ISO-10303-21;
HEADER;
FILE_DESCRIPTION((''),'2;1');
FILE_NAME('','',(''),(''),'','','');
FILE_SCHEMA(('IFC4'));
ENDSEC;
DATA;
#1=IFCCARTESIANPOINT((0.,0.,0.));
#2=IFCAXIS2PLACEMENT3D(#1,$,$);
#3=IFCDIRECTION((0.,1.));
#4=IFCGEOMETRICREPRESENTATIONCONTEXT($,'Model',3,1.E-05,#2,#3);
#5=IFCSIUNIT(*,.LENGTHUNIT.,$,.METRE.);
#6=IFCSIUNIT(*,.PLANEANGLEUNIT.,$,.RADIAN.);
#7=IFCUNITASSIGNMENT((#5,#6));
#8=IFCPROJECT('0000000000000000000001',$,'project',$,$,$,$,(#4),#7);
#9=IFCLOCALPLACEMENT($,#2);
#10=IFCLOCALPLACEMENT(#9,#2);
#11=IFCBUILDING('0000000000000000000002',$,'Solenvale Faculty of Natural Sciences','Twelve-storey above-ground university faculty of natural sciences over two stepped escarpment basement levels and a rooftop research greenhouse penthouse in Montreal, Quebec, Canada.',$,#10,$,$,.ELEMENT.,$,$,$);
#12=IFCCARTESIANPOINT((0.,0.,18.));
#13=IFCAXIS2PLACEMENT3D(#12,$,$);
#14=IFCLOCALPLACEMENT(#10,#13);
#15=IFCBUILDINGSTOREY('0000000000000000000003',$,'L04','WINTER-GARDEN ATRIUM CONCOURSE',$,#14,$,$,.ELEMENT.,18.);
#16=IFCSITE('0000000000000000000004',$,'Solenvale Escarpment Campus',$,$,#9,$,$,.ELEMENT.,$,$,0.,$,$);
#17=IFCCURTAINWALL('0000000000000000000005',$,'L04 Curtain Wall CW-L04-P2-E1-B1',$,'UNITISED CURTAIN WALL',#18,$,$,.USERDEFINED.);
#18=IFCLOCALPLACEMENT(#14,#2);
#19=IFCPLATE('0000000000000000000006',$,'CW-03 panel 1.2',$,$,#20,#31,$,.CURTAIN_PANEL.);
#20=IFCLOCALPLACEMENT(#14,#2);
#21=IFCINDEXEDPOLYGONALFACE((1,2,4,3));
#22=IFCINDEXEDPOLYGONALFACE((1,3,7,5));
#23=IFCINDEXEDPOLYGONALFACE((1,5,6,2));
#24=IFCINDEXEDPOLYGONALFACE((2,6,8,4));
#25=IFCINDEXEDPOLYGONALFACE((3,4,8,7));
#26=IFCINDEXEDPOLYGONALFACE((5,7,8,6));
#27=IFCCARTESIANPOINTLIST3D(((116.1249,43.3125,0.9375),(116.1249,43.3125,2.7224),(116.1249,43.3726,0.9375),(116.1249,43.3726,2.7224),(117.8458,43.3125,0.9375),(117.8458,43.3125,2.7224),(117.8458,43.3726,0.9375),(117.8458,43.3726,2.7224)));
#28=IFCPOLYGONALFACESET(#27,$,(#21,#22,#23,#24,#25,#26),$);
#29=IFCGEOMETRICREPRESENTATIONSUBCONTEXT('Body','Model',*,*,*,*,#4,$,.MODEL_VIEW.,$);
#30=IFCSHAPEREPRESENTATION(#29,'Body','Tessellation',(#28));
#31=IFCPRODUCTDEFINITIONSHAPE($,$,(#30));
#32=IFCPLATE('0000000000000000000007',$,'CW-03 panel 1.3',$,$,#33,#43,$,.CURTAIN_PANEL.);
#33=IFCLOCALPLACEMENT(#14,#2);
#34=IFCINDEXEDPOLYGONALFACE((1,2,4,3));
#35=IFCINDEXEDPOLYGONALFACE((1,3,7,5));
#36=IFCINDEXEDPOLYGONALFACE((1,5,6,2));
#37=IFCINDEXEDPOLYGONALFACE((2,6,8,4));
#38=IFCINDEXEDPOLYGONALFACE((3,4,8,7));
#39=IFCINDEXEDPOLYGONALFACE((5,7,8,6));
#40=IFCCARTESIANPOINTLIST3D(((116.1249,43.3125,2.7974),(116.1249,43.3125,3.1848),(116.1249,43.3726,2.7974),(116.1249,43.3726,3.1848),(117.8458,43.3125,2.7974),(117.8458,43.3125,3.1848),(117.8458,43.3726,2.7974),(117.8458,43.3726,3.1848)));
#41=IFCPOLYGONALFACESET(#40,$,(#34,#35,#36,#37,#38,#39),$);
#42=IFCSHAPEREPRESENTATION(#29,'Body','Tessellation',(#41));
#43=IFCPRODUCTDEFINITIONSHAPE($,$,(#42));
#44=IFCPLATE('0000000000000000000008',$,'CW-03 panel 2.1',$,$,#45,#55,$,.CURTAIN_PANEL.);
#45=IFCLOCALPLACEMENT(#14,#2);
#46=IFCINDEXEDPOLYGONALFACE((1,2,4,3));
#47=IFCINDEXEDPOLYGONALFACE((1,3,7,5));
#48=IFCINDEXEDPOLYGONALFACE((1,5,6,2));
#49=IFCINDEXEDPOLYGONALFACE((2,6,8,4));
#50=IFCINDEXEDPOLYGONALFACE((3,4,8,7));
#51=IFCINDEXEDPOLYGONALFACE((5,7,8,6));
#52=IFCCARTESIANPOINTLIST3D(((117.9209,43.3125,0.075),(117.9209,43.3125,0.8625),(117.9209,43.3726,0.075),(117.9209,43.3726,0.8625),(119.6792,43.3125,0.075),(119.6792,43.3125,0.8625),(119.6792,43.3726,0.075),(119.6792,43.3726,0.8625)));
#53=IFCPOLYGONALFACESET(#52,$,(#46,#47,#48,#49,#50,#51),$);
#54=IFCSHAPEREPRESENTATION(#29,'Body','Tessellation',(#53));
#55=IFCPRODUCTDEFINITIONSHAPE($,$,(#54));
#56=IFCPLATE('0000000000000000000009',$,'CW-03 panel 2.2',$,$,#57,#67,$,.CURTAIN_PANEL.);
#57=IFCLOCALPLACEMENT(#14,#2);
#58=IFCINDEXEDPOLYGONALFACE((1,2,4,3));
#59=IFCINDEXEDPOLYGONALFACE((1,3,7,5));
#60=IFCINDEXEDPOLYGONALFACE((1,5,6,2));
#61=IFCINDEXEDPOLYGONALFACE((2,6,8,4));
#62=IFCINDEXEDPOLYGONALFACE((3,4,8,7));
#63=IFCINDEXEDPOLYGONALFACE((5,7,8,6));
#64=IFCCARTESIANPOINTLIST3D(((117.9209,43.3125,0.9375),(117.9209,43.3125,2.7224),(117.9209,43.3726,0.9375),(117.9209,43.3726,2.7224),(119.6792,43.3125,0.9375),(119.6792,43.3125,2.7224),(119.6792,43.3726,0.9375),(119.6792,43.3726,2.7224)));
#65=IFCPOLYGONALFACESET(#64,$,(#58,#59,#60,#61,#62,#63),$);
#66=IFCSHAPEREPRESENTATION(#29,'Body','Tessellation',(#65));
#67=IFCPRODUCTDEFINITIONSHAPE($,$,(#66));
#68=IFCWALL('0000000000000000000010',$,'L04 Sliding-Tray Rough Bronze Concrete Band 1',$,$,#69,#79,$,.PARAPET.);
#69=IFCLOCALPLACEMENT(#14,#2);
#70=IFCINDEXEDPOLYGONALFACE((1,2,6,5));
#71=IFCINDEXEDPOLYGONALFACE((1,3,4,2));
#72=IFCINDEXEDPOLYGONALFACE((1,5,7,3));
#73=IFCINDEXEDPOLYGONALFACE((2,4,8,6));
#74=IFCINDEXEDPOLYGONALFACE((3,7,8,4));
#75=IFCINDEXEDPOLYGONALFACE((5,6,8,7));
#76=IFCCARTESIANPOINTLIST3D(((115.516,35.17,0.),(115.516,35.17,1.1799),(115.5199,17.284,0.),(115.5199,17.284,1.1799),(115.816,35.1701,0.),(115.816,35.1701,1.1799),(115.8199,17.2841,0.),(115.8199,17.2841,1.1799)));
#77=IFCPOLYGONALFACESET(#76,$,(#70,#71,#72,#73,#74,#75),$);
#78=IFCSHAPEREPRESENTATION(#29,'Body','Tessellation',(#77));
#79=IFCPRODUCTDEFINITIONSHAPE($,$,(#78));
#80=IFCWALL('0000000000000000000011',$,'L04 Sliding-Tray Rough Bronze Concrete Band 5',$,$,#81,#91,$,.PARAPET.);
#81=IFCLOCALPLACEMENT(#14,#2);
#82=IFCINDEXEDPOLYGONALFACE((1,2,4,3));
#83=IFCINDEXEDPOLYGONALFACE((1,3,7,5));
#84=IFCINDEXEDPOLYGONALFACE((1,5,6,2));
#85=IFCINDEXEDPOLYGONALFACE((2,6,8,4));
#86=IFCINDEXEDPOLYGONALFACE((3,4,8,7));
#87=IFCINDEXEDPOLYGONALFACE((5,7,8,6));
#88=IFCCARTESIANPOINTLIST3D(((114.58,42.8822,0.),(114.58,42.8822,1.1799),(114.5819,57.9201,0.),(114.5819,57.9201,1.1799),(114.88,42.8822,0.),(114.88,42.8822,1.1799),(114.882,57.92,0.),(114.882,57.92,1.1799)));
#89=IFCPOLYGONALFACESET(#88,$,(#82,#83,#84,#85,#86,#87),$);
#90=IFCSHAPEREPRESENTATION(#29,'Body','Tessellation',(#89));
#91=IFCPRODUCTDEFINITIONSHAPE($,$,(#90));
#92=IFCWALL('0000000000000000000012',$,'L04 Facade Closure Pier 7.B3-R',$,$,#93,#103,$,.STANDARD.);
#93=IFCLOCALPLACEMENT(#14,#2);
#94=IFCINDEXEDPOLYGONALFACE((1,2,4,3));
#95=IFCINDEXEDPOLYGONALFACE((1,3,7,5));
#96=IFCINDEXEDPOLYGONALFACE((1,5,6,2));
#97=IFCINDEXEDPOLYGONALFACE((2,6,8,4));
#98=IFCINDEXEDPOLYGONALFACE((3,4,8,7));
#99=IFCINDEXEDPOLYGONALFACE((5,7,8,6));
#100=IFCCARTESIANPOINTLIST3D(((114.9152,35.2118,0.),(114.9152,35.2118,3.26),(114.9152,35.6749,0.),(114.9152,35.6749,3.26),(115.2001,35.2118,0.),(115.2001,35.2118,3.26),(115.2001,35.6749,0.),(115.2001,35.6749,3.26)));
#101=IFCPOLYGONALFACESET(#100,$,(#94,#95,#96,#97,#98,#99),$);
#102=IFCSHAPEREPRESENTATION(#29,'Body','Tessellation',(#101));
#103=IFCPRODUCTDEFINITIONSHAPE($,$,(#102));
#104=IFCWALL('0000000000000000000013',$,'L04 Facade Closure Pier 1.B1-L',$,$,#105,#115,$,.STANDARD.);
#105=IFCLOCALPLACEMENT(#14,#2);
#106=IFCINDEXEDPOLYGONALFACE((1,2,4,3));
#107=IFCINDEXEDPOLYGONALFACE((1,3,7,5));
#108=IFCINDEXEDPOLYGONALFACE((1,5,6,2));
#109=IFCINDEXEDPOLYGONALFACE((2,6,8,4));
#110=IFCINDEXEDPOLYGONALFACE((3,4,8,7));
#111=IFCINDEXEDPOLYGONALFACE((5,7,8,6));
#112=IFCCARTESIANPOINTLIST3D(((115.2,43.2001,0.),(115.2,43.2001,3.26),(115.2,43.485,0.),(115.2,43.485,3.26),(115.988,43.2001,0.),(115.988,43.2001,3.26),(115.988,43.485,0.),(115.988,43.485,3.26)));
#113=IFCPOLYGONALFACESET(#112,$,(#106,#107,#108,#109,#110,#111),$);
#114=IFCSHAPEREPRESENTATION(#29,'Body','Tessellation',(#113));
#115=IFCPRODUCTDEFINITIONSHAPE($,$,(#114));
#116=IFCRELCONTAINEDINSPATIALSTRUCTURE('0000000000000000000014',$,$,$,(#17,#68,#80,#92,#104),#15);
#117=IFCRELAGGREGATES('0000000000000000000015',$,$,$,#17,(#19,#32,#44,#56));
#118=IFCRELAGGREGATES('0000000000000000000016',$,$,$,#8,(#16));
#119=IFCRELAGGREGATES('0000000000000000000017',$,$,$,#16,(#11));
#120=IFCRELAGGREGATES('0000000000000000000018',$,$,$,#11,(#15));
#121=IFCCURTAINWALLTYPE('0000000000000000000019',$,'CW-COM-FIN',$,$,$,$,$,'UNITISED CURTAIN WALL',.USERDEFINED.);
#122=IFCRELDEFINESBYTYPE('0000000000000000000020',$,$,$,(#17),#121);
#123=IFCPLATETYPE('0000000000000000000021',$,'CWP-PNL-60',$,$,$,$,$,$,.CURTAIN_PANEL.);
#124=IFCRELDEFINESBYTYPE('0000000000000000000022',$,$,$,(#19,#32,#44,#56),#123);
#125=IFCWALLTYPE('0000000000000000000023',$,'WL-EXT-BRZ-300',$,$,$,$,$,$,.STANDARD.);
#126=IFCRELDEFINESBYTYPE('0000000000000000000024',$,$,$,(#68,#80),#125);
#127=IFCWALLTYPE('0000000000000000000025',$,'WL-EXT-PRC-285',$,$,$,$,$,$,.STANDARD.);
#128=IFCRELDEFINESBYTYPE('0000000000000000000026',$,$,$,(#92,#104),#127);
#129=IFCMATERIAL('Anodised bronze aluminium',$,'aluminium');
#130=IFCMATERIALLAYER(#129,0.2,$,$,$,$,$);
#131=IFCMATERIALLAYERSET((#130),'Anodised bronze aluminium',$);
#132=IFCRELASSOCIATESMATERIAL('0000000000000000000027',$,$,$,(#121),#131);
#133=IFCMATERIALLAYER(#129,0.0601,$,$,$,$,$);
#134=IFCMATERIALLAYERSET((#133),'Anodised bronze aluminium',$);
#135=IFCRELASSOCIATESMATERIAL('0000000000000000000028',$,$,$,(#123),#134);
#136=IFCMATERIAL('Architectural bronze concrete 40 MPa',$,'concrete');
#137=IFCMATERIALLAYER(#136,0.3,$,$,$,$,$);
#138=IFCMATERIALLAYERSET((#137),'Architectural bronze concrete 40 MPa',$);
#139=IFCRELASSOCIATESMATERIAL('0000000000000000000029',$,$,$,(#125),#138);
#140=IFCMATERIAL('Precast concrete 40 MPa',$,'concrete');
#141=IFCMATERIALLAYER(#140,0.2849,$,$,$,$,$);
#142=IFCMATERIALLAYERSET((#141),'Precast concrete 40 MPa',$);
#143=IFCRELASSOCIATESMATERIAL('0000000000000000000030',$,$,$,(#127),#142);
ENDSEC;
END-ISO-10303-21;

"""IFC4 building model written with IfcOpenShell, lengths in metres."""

from ifc_helpers import new_model, si_unit, direction, frame, frame_2d, origin, origin_2d, place, context, subcontext, project, spatial, rectangle, extrude, material, layer, layer_set, type_object, element, aggregate, save


model = new_model("IFC4")

# Units and contexts
model_context = context("Model", 3, precision=1e-05, world=origin(), true_north=direction((0.0, 1.0)))
body_context = subcontext(model_context, "Body", "Model", "MODEL_VIEW")
ifc_project = project(units=[si_unit("LENGTHUNIT", "METRE"), si_unit("PLANEANGLEUNIT", "RADIAN")], contexts=[model_context])

# Site, building, storey
site_placement = place(None, origin())
site = spatial("IfcSite", under=ifc_project, at=site_placement, Name="Solenvale Escarpment Campus", CompositionType="ELEMENT", RefElevation=0.0)
building_placement = place(site_placement, origin())
building = spatial("IfcBuilding", under=site, at=building_placement, Name="Solenvale Faculty of Natural Sciences", Description="Twelve-storey above-ground university faculty of natural sciences over two stepped escarpment basement levels and a rooftop research greenhouse penthouse in Montreal, Quebec, Canada.", CompositionType="ELEMENT")
storey_placement = place(building_placement, frame((0.0, 0.0, 18.0)))
storey = spatial("IfcBuildingStorey", under=building, at=storey_placement, Name="L04", Description="WINTER-GARDEN ATRIUM CONCOURSE", CompositionType="ELEMENT", Elevation=18.0)

# Curtain wall, plates
ifc_material_1 = material(Name="Anodised bronze aluminium", Category="aluminium")
ifc_layer_1 = layer(ifc_material_1, 0.2)
ifc_layer_set_1 = layer_set([ifc_layer_1], Name="Anodised bronze aluminium")
curtain_wall_type = type_object("IfcCurtainWallType", Name="CW-COM-FIN", ElementType="UNITISED CURTAIN WALL", PredefinedType="USERDEFINED", material=ifc_layer_set_1)
curtain_wall_placement = place(storey_placement, origin())
curtain_wall = element("IfcCurtainWall", 1, at=curtain_wall_placement, inside=storey, type_object=curtain_wall_type, Name="L04 Curtain Wall CW-L04-P2-E1-B1", ObjectType="UNITISED CURTAIN WALL", PredefinedType="USERDEFINED")
ifc_layer_2 = layer(ifc_material_1, 0.0601)
ifc_layer_set_2 = layer_set([ifc_layer_2], Name="Anodised bronze aluminium")
plate_type = type_object("IfcPlateType", Name="CWP-PNL-60", PredefinedType="CURTAIN_PANEL", material=ifc_layer_set_2)
plate_1_placement = place(storey_placement, frame((116.9854, 43.3425, 0.9375), z_axis=(0.0, 0.0, 1.0), x_axis=(1.0, 0.0, 0.0)))
plate_1 = element("IfcPlate", 2, at=plate_1_placement, type_object=plate_type, Name="CW-03 panel 1.2", PredefinedType="CURTAIN_PANEL", context=body_context, shape_type="SweptSolid", body=[
    extrude(rectangle(XDim=1.7209, YDim=0.0601, at=origin_2d()), origin(), (0.0, 0.0, 1.0), 1.7849),
])
plate_2_placement = place(storey_placement, frame((116.9854, 43.3425, 2.7974), z_axis=(0.0, 0.0, 1.0), x_axis=(1.0, 0.0, 0.0)))
plate_2 = element("IfcPlate", 3, at=plate_2_placement, type_object=plate_type, Name="CW-03 panel 1.3", PredefinedType="CURTAIN_PANEL", context=body_context, shape_type="SweptSolid", body=[
    extrude(rectangle(XDim=1.7209, YDim=0.0601, at=origin_2d()), origin(), (0.0, 0.0, 1.0), 0.3875),
])
plate_3_placement = place(storey_placement, frame((118.8, 43.3425, 0.075), z_axis=(0.0, 0.0, 1.0), x_axis=(1.0, 0.0, 0.0)))
plate_3 = element("IfcPlate", 4, at=plate_3_placement, type_object=plate_type, Name="CW-03 panel 2.1", PredefinedType="CURTAIN_PANEL", context=body_context, shape_type="SweptSolid", body=[
    extrude(rectangle(XDim=1.7583, YDim=0.0601, at=origin_2d()), origin(), (0.0, 0.0, 1.0), 0.7876),
])
plate_4_placement = place(storey_placement, frame((118.8, 43.3425, 0.9375), z_axis=(0.0, 0.0, 1.0), x_axis=(1.0, 0.0, 0.0)))
plate_4 = element("IfcPlate", 5, at=plate_4_placement, type_object=plate_type, Name="CW-03 panel 2.2", PredefinedType="CURTAIN_PANEL", context=body_context, shape_type="SweptSolid", body=[
    extrude(rectangle(XDim=1.7583, YDim=0.0601, at=origin_2d()), origin(), (0.0, 0.0, 1.0), 1.7849),
])
aggregate(curtain_wall, [plate_1, plate_2, plate_3, plate_4])

# Walls
ifc_material_2 = material(Name="Architectural bronze concrete 40 MPa", Category="concrete")
ifc_layer_3 = layer(ifc_material_2, 0.3)
ifc_layer_set_3 = layer_set([ifc_layer_3], Name="Architectural bronze concrete 40 MPa")
wall_type_1 = type_object("IfcWallType", Name="WL-EXT-BRZ-300", PredefinedType="STANDARD", material=ifc_layer_set_3)
wall_1_placement = place(storey_placement, frame((115.666, 35.1699, 0.0), z_axis=(0.0, 0.0, 1.0), x_axis=(0.000218, -1.0, 0.0)))
element("IfcWall", 6, at=wall_1_placement, inside=storey, type_object=wall_type_1, Name="L04 Sliding-Tray Rough Bronze Concrete Band 1", PredefinedType="PARAPET", context=body_context, shape_type="SweptSolid", body=[
    extrude(rectangle(XDim=17.886, YDim=0.3, at=frame_2d((8.9429, 0.0))), origin(), (0.0, 0.0, 1.0), 1.1799),
])
wall_2_placement = place(storey_placement, frame((114.73, 42.8821, 0.0), z_axis=(0.0, 0.0, 1.0), x_axis=(0.00013, 1.0, 0.0)))
element("IfcWall", 7, at=wall_2_placement, inside=storey, type_object=wall_type_1, Name="L04 Sliding-Tray Rough Bronze Concrete Band 5", PredefinedType="PARAPET", context=body_context, shape_type="SweptSolid", body=[
    extrude(rectangle(XDim=15.0378, YDim=0.3, at=frame_2d((7.519, 0.0))), origin(), (0.0, 0.0, 1.0), 1.1799),
])
ifc_material_3 = material(Name="Precast concrete 40 MPa", Category="concrete")
ifc_layer_4 = layer(ifc_material_3, 0.2849)
ifc_layer_set_4 = layer_set([ifc_layer_4], Name="Precast concrete 40 MPa")
wall_type_2 = type_object("IfcWallType", Name="WL-EXT-PRC-285", PredefinedType="STANDARD", material=ifc_layer_set_4)
wall_3_placement = place(storey_placement, frame((115.0576, 35.2119, 0.0), z_axis=(0.0, 0.0, 1.0), x_axis=(0.0, 1.0, 0.0)))
element("IfcWall", 8, at=wall_3_placement, inside=storey, type_object=wall_type_2, Name="L04 Facade Closure Pier 7.B3-R", PredefinedType="STANDARD", context=body_context, shape_type="SweptSolid", body=[
    extrude(rectangle(XDim=0.4631, YDim=0.2849, at=frame_2d((0.2314, 0.0))), origin(), (0.0, 0.0, 1.0), 3.26),
])
wall_4_placement = place(storey_placement, frame((115.2, 43.3425, 0.0), z_axis=(0.0, 0.0, 1.0), x_axis=(1.0, 0.0, 0.0)))
element("IfcWall", 9, at=wall_4_placement, inside=storey, type_object=wall_type_2, Name="L04 Facade Closure Pier 1.B1-L", PredefinedType="STANDARD", context=body_context, shape_type="SweptSolid", body=[
    extrude(rectangle(XDim=0.7881, YDim=0.2849, at=frame_2d((0.394, 0.0))), origin(), (0.0, 0.0, 1.0), 3.26),
])

save(model, "model.ifc")
